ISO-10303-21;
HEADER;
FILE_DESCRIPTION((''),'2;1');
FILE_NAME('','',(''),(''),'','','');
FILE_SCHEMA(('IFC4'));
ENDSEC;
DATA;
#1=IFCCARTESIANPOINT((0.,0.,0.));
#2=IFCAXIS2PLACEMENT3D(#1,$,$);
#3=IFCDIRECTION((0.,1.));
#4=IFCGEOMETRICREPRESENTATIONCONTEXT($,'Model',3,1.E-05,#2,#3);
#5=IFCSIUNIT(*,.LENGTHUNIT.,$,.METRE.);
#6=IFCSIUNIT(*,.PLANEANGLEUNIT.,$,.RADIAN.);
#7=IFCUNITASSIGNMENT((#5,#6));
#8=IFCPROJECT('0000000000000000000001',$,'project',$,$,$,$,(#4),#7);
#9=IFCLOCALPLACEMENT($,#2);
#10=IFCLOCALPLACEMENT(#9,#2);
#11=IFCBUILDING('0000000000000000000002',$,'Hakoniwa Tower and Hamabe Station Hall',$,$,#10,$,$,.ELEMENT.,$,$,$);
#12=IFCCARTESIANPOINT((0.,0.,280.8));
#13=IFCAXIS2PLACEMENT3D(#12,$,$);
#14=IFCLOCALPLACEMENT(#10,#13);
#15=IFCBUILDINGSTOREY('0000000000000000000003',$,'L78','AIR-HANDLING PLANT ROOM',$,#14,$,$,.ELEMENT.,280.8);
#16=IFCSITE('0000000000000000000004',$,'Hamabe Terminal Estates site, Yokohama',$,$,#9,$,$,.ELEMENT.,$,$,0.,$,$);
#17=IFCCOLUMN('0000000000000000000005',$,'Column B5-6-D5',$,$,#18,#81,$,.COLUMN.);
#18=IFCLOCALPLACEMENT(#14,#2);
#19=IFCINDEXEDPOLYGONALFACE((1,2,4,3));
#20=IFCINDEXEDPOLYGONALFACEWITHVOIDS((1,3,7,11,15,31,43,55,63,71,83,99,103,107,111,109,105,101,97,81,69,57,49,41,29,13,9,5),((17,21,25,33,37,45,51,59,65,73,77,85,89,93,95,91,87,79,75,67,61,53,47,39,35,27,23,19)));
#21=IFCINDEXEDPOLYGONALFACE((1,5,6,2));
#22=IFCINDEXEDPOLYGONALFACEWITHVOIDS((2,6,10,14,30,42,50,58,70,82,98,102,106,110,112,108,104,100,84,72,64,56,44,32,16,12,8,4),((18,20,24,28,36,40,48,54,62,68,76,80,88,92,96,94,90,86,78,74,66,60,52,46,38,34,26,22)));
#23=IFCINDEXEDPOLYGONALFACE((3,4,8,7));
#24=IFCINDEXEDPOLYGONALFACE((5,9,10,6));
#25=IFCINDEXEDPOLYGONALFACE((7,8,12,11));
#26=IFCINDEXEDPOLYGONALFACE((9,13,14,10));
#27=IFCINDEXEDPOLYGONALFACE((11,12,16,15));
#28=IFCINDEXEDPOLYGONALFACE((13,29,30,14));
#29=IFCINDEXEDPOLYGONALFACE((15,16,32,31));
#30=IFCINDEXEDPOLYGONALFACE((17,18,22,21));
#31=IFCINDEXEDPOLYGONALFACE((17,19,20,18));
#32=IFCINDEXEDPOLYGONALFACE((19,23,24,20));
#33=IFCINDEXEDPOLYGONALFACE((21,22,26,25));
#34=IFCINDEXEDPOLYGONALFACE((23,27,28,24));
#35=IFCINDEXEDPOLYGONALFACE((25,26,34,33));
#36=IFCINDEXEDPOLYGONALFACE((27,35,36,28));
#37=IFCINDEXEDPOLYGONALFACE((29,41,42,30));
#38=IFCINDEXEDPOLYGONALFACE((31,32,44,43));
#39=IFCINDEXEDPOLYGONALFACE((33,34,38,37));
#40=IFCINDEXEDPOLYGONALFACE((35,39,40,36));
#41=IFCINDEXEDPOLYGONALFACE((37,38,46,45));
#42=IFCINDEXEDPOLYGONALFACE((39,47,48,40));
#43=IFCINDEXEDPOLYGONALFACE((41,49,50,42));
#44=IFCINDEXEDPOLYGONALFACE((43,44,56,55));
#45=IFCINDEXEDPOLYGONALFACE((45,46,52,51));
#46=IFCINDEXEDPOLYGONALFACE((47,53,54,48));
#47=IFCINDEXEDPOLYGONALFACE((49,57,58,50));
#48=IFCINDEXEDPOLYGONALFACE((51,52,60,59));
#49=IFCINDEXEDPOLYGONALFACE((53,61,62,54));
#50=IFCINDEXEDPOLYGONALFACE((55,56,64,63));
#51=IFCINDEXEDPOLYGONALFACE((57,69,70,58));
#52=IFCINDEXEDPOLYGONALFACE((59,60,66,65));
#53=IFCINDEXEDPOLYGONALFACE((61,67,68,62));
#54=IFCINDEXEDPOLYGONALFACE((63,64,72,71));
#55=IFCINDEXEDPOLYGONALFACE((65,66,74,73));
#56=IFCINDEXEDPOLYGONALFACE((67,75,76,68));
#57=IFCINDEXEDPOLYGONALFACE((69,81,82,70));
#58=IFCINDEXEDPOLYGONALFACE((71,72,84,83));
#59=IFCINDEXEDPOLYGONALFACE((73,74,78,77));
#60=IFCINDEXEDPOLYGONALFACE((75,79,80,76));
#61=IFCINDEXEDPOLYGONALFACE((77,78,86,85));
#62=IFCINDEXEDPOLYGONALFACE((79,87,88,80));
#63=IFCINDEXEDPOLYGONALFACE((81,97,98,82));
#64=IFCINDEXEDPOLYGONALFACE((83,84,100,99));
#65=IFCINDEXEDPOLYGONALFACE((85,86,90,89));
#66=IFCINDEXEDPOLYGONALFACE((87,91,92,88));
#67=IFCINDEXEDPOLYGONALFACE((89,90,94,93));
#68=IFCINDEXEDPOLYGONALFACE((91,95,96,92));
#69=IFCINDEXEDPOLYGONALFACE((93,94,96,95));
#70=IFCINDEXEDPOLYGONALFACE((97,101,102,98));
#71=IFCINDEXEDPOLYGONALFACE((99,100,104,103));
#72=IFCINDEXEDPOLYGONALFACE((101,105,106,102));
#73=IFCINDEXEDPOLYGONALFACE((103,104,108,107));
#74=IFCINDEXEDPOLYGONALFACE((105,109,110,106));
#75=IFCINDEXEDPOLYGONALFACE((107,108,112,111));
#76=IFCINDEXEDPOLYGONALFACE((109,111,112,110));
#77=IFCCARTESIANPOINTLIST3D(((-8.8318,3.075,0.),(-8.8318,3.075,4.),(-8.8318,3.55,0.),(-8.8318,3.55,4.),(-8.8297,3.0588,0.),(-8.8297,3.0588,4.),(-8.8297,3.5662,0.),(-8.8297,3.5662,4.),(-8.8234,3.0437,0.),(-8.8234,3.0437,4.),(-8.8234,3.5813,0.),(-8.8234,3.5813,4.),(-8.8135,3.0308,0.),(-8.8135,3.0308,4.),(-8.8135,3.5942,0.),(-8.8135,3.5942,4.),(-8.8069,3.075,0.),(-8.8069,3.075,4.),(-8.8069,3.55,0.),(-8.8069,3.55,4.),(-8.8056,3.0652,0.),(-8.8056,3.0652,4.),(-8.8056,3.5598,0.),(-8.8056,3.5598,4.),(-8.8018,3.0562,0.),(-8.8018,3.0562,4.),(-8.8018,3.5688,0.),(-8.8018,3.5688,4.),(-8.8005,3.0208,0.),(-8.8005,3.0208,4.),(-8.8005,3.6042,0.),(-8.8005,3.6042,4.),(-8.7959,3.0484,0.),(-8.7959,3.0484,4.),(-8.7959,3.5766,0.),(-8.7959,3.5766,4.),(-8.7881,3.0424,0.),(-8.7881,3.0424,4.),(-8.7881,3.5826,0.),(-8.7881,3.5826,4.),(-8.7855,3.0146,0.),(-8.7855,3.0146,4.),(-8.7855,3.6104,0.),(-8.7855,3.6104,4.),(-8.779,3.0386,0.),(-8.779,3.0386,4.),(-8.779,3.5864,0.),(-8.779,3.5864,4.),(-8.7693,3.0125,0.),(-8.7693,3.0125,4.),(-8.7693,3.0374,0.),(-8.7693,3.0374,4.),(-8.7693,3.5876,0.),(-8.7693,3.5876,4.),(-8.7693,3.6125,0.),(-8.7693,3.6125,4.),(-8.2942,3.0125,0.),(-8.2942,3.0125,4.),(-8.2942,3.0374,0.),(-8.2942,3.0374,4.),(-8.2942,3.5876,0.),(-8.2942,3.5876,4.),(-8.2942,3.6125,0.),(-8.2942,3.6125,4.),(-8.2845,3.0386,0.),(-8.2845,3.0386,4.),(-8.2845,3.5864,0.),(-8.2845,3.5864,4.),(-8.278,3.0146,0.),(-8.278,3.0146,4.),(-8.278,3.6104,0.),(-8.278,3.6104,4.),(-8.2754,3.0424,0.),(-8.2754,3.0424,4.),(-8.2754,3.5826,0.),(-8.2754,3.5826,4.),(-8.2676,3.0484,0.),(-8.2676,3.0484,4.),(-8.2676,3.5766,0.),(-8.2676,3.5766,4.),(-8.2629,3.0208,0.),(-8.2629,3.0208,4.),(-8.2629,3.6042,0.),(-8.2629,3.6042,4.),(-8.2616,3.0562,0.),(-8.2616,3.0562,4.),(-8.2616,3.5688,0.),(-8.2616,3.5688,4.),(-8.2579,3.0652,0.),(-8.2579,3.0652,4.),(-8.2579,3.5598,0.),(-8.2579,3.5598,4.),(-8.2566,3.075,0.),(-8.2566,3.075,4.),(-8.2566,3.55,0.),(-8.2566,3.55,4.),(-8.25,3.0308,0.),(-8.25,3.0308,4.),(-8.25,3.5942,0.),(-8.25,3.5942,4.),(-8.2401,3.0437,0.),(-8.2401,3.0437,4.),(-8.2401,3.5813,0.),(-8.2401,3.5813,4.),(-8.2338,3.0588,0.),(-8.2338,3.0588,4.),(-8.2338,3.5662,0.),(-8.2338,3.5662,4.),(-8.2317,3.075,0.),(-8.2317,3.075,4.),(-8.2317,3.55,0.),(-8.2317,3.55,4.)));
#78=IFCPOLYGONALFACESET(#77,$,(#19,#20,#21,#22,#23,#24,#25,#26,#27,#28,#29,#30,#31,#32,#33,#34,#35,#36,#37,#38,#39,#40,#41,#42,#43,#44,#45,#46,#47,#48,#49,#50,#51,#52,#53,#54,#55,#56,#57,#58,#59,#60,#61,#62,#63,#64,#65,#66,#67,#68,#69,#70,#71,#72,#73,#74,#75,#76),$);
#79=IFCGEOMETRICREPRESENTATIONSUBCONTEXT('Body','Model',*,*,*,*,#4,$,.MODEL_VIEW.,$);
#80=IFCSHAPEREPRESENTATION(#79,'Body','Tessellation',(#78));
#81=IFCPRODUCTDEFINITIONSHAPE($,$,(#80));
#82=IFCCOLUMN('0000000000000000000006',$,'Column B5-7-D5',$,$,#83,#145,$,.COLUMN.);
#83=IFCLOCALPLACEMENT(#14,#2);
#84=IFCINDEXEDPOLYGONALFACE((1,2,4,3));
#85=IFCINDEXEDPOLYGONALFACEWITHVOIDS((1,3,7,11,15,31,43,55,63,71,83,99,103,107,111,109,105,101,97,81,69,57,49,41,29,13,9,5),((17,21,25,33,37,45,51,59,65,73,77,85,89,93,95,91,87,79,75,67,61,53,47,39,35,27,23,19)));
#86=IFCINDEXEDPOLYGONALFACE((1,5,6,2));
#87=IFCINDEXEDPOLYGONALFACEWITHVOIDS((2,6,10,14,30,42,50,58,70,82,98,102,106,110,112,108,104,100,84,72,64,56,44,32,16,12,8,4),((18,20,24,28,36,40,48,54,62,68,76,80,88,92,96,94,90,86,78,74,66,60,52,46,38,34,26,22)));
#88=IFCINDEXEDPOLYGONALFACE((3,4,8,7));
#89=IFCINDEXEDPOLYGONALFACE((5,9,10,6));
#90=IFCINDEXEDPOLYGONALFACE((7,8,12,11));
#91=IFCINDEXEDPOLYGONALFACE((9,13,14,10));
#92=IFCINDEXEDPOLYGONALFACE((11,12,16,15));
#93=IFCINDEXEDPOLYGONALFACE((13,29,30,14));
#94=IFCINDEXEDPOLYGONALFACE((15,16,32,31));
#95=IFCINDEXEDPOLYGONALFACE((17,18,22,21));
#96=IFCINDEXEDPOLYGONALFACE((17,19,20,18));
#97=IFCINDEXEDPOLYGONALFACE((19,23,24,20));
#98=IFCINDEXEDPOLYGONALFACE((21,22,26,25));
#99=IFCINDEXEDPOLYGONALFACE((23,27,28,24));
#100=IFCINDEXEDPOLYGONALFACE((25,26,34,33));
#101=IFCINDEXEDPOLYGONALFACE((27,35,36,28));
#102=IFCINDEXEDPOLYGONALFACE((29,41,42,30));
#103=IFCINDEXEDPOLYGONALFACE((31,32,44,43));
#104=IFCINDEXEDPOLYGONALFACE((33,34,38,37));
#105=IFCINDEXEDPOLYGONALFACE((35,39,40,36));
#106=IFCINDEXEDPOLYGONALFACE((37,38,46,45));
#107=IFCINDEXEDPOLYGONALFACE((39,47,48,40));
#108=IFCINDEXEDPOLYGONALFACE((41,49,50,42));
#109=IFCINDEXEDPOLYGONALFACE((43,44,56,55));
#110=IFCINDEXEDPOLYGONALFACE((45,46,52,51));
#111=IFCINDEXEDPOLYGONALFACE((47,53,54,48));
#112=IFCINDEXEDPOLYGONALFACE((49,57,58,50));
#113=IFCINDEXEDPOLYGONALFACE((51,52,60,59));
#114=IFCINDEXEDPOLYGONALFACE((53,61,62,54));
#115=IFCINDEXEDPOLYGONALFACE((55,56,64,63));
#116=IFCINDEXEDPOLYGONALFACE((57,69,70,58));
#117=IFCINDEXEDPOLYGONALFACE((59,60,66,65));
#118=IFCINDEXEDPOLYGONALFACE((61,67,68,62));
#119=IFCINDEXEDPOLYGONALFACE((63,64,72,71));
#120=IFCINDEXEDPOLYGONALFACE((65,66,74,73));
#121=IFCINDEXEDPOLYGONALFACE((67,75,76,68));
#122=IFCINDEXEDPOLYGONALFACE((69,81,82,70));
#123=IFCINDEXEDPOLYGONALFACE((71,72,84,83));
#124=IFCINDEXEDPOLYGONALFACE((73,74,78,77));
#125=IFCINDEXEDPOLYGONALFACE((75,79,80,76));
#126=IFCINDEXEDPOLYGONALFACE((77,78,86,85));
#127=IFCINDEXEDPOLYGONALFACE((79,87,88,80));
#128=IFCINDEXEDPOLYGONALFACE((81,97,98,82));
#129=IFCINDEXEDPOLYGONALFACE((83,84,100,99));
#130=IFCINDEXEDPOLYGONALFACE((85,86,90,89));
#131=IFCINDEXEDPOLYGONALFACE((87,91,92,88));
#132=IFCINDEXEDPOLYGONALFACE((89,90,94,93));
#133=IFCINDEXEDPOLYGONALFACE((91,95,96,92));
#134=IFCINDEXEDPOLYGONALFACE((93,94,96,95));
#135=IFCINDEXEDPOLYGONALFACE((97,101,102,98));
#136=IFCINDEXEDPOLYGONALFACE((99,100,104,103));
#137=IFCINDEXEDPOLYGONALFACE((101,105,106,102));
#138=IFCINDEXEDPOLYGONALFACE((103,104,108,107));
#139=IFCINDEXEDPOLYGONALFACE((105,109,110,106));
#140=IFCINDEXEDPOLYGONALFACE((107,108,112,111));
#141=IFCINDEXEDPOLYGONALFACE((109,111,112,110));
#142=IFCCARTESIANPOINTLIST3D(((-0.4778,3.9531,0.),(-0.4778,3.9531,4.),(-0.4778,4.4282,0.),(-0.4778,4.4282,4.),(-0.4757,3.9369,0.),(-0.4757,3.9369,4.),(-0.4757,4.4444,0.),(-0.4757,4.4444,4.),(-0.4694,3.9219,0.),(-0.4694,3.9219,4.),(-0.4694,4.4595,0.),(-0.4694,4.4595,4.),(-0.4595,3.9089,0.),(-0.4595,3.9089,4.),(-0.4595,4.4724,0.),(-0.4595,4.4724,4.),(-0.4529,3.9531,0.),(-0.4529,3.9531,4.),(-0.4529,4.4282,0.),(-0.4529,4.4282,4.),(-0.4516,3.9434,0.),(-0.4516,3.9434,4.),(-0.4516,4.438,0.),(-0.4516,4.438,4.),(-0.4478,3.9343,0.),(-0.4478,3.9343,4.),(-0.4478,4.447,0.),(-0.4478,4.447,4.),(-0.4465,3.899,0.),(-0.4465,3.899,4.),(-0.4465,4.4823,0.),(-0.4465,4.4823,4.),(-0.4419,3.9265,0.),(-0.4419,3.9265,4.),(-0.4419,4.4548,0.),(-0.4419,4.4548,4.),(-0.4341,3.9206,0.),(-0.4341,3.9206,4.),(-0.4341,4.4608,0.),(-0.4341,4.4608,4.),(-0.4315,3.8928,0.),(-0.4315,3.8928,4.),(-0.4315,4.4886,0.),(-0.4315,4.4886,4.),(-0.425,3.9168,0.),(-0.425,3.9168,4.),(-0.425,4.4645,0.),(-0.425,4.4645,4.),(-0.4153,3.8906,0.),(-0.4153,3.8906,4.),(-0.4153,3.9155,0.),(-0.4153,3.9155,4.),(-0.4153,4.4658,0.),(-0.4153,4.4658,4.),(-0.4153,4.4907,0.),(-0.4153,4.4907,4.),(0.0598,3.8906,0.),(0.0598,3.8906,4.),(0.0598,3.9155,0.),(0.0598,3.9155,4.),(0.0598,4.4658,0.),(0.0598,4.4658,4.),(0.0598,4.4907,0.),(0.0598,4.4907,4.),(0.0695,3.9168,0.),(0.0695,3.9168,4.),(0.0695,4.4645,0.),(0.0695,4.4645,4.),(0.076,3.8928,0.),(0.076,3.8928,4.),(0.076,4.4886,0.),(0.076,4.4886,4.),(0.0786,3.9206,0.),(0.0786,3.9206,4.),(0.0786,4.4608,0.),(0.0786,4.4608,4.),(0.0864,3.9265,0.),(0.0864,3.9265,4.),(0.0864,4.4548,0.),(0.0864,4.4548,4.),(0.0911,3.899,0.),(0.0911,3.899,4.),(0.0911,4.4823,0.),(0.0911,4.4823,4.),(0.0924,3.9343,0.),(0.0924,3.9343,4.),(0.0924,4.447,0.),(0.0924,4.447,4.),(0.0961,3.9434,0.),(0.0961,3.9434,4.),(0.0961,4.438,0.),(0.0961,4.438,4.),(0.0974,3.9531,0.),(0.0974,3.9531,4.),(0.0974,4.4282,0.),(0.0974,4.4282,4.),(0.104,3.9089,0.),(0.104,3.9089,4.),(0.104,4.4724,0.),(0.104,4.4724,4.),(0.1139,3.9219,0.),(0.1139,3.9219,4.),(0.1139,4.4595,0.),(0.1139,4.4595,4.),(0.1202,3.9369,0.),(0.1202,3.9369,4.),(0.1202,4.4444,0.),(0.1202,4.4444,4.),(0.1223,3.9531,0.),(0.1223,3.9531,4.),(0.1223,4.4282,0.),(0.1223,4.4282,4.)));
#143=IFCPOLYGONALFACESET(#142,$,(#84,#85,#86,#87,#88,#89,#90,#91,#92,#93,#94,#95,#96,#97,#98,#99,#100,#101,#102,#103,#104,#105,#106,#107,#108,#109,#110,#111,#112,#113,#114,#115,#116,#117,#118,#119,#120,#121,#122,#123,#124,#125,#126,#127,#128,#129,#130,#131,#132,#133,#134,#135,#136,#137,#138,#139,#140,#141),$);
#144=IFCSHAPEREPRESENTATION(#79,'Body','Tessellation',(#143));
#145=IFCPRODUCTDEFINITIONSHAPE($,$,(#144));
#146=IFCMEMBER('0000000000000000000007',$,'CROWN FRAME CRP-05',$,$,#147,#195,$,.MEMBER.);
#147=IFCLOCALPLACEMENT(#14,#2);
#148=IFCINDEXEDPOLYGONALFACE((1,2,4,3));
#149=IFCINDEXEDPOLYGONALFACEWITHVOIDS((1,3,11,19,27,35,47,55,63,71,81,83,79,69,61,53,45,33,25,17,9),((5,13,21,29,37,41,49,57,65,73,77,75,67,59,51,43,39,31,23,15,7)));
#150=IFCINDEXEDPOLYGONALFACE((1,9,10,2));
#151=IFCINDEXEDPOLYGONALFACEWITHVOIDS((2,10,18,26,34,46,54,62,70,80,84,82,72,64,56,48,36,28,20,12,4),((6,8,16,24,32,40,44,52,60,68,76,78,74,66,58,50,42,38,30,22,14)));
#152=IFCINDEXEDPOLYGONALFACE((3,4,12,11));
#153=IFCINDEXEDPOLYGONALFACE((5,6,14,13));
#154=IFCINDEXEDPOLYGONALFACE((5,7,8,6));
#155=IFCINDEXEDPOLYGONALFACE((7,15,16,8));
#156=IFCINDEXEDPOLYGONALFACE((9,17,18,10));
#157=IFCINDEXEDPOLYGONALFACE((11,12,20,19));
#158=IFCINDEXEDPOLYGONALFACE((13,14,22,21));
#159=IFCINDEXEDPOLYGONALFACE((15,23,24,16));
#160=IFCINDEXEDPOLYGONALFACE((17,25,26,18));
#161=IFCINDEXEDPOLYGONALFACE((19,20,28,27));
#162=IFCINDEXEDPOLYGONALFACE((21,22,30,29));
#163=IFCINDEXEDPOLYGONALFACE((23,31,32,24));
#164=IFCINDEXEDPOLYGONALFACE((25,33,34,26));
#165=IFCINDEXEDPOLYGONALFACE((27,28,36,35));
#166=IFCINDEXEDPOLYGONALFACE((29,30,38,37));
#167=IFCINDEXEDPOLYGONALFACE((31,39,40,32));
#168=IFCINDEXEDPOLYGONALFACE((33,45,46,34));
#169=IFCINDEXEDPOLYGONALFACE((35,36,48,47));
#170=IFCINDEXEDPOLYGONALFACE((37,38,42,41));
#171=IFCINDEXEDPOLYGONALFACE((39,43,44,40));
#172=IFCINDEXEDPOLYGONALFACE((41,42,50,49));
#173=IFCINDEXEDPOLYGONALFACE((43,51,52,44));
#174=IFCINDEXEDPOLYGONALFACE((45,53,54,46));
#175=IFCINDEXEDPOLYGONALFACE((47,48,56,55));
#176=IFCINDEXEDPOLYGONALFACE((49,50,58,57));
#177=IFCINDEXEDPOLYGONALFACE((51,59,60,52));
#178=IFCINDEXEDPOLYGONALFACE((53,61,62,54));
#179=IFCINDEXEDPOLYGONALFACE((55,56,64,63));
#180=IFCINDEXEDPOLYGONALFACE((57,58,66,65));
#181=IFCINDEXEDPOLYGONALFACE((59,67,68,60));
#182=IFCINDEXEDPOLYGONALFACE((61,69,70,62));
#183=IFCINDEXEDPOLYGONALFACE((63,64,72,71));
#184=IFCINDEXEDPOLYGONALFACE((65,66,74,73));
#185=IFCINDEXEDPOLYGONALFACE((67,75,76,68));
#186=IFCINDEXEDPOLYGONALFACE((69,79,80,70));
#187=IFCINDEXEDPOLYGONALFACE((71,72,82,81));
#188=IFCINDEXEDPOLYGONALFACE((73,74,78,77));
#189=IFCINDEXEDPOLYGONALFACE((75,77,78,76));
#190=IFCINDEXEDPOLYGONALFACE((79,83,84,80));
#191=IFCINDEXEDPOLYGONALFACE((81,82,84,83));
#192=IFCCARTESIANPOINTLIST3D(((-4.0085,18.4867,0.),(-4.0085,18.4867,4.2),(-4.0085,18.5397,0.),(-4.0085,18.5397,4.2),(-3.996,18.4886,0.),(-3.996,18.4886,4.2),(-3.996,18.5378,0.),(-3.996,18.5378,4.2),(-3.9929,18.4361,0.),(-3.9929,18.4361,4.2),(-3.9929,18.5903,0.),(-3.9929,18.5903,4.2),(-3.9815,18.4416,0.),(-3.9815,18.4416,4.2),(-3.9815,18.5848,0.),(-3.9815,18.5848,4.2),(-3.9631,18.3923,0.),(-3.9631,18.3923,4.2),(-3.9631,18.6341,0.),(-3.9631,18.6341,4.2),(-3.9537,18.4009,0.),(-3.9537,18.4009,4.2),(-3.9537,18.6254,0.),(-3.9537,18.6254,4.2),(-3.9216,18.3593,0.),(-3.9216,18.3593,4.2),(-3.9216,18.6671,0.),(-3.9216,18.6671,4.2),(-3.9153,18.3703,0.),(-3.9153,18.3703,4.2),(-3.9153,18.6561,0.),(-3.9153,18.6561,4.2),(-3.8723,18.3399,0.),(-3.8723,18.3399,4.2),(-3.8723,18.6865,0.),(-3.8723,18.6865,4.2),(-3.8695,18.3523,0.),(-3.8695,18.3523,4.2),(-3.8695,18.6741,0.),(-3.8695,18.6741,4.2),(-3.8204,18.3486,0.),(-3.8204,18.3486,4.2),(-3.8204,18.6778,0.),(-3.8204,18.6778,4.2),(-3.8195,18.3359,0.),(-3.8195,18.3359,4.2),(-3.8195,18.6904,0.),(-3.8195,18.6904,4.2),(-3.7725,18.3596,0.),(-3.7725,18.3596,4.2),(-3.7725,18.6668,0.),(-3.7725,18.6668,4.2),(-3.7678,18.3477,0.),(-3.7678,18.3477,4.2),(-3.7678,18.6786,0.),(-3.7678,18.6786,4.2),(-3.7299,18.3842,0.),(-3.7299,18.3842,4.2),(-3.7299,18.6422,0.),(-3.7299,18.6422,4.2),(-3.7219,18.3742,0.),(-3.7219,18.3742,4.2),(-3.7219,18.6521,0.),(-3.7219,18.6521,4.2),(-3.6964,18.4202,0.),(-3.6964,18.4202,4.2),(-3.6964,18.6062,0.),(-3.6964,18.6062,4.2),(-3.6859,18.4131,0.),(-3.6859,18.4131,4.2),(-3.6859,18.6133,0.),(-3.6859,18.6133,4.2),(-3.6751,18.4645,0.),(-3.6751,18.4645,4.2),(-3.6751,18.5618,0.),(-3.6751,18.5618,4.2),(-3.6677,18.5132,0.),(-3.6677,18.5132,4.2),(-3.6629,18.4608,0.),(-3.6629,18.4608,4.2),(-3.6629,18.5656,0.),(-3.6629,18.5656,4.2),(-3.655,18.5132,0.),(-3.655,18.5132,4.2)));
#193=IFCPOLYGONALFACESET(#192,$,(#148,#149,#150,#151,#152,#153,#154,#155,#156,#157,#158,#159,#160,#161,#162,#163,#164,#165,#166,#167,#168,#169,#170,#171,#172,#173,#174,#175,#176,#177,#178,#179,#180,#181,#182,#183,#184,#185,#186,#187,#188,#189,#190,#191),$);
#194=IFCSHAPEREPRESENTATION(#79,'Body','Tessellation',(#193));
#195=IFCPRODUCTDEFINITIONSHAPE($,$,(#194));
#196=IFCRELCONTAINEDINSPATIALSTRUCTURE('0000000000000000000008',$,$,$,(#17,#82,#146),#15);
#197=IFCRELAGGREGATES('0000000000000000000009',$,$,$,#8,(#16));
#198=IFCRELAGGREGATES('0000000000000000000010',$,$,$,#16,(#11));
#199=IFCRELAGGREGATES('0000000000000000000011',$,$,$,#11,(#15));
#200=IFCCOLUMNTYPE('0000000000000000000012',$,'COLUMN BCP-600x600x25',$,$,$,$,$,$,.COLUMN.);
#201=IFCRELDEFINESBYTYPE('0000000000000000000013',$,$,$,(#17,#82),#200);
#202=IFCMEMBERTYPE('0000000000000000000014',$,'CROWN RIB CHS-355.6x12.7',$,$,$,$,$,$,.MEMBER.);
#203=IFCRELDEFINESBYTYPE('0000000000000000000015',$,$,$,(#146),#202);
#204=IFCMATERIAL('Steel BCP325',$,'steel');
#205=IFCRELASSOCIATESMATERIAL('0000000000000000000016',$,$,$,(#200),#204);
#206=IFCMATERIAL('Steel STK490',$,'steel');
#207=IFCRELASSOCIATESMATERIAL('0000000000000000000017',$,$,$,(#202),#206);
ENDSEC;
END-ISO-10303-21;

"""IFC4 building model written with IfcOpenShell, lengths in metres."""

from ifc_helpers import new_model, si_unit, direction, frame, origin, origin_2d, place, context, subcontext, project, spatial, hollow_rectangle, hollow_circle, extrude, material, material_profile, profile_set, type_object, element, save


model = new_model("IFC4")

# Units and contexts
model_context = context("Model", 3, precision=1e-05, world=origin(), true_north=direction((0.0, 1.0)))
body_context = subcontext(model_context, "Body", "Model", "MODEL_VIEW")
ifc_project = project(units=[si_unit("LENGTHUNIT", "METRE"), si_unit("PLANEANGLEUNIT", "RADIAN")], contexts=[model_context])

# Site, building, storey
site_placement = place(None, origin())
site = spatial("IfcSite", under=ifc_project, at=site_placement, Name="Hamabe Terminal Estates site, Yokohama", CompositionType="ELEMENT", RefElevation=0.0)
building_placement = place(site_placement, origin())
building = spatial("IfcBuilding", under=site, at=building_placement, Name="Hakoniwa Tower and Hamabe Station Hall", CompositionType="ELEMENT")
storey_placement = place(building_placement, frame((0.0, 0.0, 280.8)))
storey = spatial("IfcBuildingStorey", under=building, at=storey_placement, Name="L78", Description="AIR-HANDLING PLANT ROOM", CompositionType="ELEMENT", Elevation=280.8)

# Columns
ifc_material_1 = material(Name="Steel BCP325", Category="steel")
ifc_material_profile_1 = material_profile(ifc_material_1, hollow_rectangle(XDim=0.6001, YDim=0.6001, WallThickness=0.0249, InnerFilletRadius=0.0376, OuterFilletRadius=0.0625, at=origin_2d()), Name="BCP-600x600x25")
ifc_profile_set_1 = profile_set([ifc_material_profile_1], Name="Steel BCP325")
column_type_1 = type_object("IfcColumnType", Name="COLUMN BCP-600x600x25", PredefinedType="COLUMN", material=ifc_profile_set_1)
for number, where, z_axis, x_axis, name in (
    (1, (-8.5317, 3.3125, 0.0), (0.0, 0.0, 1.0), (1.0, 0.0, 0.0), "Column B5-6-D5"),
    (2, (-0.1777, 4.1907, 0.0), (0.0, 0.0, 1.0), (1.0, 0.0, 0.0), "Column B5-7-D5"),
):
    element("IfcColumn", number, at=place(storey_placement, frame(where, z_axis=z_axis, x_axis=x_axis)), inside=storey, type_object=column_type_1, Name=name, PredefinedType="COLUMN", context=body_context, shape_type="SweptSolid", body=[
        extrude(hollow_rectangle(XDim=0.6001, YDim=0.6001, WallThickness=0.0249, InnerFilletRadius=0.0376, OuterFilletRadius=0.0625, at=origin_2d()), origin(), (0.0, 0.0, 1.0), 4.0),
    ])

# Member
ifc_material_2 = material(Name="Steel STK490", Category="steel")
ifc_material_profile_2 = material_profile(ifc_material_2, hollow_circle(Radius=0.1777, WallThickness=0.0127, at=origin_2d()), Name="CHS-355.6x12.7")
ifc_profile_set_2 = profile_set([ifc_material_profile_2], Name="Steel STK490")
member_type = type_object("IfcMemberType", Name="CROWN RIB CHS-355.6x12.7", PredefinedType="MEMBER", material=ifc_profile_set_2)
for number, where, z_axis, x_axis, name in (
    (3, (-3.8328, 18.5132, 0.0), (0.0, 0.0, 1.0), (1.0, 0.0, 0.0), "CROWN FRAME CRP-05"),
):
    element("IfcMember", number, at=place(storey_placement, frame(where, z_axis=z_axis, x_axis=x_axis)), inside=storey, type_object=member_type, Name=name, PredefinedType="MEMBER", context=body_context, shape_type="SweptSolid", body=[
        extrude(hollow_circle(Radius=0.1777, WallThickness=0.0127, at=origin_2d()), origin(), (0.0, 0.0, 1.0), 4.2),
    ])

save(model, "model.ifc")
